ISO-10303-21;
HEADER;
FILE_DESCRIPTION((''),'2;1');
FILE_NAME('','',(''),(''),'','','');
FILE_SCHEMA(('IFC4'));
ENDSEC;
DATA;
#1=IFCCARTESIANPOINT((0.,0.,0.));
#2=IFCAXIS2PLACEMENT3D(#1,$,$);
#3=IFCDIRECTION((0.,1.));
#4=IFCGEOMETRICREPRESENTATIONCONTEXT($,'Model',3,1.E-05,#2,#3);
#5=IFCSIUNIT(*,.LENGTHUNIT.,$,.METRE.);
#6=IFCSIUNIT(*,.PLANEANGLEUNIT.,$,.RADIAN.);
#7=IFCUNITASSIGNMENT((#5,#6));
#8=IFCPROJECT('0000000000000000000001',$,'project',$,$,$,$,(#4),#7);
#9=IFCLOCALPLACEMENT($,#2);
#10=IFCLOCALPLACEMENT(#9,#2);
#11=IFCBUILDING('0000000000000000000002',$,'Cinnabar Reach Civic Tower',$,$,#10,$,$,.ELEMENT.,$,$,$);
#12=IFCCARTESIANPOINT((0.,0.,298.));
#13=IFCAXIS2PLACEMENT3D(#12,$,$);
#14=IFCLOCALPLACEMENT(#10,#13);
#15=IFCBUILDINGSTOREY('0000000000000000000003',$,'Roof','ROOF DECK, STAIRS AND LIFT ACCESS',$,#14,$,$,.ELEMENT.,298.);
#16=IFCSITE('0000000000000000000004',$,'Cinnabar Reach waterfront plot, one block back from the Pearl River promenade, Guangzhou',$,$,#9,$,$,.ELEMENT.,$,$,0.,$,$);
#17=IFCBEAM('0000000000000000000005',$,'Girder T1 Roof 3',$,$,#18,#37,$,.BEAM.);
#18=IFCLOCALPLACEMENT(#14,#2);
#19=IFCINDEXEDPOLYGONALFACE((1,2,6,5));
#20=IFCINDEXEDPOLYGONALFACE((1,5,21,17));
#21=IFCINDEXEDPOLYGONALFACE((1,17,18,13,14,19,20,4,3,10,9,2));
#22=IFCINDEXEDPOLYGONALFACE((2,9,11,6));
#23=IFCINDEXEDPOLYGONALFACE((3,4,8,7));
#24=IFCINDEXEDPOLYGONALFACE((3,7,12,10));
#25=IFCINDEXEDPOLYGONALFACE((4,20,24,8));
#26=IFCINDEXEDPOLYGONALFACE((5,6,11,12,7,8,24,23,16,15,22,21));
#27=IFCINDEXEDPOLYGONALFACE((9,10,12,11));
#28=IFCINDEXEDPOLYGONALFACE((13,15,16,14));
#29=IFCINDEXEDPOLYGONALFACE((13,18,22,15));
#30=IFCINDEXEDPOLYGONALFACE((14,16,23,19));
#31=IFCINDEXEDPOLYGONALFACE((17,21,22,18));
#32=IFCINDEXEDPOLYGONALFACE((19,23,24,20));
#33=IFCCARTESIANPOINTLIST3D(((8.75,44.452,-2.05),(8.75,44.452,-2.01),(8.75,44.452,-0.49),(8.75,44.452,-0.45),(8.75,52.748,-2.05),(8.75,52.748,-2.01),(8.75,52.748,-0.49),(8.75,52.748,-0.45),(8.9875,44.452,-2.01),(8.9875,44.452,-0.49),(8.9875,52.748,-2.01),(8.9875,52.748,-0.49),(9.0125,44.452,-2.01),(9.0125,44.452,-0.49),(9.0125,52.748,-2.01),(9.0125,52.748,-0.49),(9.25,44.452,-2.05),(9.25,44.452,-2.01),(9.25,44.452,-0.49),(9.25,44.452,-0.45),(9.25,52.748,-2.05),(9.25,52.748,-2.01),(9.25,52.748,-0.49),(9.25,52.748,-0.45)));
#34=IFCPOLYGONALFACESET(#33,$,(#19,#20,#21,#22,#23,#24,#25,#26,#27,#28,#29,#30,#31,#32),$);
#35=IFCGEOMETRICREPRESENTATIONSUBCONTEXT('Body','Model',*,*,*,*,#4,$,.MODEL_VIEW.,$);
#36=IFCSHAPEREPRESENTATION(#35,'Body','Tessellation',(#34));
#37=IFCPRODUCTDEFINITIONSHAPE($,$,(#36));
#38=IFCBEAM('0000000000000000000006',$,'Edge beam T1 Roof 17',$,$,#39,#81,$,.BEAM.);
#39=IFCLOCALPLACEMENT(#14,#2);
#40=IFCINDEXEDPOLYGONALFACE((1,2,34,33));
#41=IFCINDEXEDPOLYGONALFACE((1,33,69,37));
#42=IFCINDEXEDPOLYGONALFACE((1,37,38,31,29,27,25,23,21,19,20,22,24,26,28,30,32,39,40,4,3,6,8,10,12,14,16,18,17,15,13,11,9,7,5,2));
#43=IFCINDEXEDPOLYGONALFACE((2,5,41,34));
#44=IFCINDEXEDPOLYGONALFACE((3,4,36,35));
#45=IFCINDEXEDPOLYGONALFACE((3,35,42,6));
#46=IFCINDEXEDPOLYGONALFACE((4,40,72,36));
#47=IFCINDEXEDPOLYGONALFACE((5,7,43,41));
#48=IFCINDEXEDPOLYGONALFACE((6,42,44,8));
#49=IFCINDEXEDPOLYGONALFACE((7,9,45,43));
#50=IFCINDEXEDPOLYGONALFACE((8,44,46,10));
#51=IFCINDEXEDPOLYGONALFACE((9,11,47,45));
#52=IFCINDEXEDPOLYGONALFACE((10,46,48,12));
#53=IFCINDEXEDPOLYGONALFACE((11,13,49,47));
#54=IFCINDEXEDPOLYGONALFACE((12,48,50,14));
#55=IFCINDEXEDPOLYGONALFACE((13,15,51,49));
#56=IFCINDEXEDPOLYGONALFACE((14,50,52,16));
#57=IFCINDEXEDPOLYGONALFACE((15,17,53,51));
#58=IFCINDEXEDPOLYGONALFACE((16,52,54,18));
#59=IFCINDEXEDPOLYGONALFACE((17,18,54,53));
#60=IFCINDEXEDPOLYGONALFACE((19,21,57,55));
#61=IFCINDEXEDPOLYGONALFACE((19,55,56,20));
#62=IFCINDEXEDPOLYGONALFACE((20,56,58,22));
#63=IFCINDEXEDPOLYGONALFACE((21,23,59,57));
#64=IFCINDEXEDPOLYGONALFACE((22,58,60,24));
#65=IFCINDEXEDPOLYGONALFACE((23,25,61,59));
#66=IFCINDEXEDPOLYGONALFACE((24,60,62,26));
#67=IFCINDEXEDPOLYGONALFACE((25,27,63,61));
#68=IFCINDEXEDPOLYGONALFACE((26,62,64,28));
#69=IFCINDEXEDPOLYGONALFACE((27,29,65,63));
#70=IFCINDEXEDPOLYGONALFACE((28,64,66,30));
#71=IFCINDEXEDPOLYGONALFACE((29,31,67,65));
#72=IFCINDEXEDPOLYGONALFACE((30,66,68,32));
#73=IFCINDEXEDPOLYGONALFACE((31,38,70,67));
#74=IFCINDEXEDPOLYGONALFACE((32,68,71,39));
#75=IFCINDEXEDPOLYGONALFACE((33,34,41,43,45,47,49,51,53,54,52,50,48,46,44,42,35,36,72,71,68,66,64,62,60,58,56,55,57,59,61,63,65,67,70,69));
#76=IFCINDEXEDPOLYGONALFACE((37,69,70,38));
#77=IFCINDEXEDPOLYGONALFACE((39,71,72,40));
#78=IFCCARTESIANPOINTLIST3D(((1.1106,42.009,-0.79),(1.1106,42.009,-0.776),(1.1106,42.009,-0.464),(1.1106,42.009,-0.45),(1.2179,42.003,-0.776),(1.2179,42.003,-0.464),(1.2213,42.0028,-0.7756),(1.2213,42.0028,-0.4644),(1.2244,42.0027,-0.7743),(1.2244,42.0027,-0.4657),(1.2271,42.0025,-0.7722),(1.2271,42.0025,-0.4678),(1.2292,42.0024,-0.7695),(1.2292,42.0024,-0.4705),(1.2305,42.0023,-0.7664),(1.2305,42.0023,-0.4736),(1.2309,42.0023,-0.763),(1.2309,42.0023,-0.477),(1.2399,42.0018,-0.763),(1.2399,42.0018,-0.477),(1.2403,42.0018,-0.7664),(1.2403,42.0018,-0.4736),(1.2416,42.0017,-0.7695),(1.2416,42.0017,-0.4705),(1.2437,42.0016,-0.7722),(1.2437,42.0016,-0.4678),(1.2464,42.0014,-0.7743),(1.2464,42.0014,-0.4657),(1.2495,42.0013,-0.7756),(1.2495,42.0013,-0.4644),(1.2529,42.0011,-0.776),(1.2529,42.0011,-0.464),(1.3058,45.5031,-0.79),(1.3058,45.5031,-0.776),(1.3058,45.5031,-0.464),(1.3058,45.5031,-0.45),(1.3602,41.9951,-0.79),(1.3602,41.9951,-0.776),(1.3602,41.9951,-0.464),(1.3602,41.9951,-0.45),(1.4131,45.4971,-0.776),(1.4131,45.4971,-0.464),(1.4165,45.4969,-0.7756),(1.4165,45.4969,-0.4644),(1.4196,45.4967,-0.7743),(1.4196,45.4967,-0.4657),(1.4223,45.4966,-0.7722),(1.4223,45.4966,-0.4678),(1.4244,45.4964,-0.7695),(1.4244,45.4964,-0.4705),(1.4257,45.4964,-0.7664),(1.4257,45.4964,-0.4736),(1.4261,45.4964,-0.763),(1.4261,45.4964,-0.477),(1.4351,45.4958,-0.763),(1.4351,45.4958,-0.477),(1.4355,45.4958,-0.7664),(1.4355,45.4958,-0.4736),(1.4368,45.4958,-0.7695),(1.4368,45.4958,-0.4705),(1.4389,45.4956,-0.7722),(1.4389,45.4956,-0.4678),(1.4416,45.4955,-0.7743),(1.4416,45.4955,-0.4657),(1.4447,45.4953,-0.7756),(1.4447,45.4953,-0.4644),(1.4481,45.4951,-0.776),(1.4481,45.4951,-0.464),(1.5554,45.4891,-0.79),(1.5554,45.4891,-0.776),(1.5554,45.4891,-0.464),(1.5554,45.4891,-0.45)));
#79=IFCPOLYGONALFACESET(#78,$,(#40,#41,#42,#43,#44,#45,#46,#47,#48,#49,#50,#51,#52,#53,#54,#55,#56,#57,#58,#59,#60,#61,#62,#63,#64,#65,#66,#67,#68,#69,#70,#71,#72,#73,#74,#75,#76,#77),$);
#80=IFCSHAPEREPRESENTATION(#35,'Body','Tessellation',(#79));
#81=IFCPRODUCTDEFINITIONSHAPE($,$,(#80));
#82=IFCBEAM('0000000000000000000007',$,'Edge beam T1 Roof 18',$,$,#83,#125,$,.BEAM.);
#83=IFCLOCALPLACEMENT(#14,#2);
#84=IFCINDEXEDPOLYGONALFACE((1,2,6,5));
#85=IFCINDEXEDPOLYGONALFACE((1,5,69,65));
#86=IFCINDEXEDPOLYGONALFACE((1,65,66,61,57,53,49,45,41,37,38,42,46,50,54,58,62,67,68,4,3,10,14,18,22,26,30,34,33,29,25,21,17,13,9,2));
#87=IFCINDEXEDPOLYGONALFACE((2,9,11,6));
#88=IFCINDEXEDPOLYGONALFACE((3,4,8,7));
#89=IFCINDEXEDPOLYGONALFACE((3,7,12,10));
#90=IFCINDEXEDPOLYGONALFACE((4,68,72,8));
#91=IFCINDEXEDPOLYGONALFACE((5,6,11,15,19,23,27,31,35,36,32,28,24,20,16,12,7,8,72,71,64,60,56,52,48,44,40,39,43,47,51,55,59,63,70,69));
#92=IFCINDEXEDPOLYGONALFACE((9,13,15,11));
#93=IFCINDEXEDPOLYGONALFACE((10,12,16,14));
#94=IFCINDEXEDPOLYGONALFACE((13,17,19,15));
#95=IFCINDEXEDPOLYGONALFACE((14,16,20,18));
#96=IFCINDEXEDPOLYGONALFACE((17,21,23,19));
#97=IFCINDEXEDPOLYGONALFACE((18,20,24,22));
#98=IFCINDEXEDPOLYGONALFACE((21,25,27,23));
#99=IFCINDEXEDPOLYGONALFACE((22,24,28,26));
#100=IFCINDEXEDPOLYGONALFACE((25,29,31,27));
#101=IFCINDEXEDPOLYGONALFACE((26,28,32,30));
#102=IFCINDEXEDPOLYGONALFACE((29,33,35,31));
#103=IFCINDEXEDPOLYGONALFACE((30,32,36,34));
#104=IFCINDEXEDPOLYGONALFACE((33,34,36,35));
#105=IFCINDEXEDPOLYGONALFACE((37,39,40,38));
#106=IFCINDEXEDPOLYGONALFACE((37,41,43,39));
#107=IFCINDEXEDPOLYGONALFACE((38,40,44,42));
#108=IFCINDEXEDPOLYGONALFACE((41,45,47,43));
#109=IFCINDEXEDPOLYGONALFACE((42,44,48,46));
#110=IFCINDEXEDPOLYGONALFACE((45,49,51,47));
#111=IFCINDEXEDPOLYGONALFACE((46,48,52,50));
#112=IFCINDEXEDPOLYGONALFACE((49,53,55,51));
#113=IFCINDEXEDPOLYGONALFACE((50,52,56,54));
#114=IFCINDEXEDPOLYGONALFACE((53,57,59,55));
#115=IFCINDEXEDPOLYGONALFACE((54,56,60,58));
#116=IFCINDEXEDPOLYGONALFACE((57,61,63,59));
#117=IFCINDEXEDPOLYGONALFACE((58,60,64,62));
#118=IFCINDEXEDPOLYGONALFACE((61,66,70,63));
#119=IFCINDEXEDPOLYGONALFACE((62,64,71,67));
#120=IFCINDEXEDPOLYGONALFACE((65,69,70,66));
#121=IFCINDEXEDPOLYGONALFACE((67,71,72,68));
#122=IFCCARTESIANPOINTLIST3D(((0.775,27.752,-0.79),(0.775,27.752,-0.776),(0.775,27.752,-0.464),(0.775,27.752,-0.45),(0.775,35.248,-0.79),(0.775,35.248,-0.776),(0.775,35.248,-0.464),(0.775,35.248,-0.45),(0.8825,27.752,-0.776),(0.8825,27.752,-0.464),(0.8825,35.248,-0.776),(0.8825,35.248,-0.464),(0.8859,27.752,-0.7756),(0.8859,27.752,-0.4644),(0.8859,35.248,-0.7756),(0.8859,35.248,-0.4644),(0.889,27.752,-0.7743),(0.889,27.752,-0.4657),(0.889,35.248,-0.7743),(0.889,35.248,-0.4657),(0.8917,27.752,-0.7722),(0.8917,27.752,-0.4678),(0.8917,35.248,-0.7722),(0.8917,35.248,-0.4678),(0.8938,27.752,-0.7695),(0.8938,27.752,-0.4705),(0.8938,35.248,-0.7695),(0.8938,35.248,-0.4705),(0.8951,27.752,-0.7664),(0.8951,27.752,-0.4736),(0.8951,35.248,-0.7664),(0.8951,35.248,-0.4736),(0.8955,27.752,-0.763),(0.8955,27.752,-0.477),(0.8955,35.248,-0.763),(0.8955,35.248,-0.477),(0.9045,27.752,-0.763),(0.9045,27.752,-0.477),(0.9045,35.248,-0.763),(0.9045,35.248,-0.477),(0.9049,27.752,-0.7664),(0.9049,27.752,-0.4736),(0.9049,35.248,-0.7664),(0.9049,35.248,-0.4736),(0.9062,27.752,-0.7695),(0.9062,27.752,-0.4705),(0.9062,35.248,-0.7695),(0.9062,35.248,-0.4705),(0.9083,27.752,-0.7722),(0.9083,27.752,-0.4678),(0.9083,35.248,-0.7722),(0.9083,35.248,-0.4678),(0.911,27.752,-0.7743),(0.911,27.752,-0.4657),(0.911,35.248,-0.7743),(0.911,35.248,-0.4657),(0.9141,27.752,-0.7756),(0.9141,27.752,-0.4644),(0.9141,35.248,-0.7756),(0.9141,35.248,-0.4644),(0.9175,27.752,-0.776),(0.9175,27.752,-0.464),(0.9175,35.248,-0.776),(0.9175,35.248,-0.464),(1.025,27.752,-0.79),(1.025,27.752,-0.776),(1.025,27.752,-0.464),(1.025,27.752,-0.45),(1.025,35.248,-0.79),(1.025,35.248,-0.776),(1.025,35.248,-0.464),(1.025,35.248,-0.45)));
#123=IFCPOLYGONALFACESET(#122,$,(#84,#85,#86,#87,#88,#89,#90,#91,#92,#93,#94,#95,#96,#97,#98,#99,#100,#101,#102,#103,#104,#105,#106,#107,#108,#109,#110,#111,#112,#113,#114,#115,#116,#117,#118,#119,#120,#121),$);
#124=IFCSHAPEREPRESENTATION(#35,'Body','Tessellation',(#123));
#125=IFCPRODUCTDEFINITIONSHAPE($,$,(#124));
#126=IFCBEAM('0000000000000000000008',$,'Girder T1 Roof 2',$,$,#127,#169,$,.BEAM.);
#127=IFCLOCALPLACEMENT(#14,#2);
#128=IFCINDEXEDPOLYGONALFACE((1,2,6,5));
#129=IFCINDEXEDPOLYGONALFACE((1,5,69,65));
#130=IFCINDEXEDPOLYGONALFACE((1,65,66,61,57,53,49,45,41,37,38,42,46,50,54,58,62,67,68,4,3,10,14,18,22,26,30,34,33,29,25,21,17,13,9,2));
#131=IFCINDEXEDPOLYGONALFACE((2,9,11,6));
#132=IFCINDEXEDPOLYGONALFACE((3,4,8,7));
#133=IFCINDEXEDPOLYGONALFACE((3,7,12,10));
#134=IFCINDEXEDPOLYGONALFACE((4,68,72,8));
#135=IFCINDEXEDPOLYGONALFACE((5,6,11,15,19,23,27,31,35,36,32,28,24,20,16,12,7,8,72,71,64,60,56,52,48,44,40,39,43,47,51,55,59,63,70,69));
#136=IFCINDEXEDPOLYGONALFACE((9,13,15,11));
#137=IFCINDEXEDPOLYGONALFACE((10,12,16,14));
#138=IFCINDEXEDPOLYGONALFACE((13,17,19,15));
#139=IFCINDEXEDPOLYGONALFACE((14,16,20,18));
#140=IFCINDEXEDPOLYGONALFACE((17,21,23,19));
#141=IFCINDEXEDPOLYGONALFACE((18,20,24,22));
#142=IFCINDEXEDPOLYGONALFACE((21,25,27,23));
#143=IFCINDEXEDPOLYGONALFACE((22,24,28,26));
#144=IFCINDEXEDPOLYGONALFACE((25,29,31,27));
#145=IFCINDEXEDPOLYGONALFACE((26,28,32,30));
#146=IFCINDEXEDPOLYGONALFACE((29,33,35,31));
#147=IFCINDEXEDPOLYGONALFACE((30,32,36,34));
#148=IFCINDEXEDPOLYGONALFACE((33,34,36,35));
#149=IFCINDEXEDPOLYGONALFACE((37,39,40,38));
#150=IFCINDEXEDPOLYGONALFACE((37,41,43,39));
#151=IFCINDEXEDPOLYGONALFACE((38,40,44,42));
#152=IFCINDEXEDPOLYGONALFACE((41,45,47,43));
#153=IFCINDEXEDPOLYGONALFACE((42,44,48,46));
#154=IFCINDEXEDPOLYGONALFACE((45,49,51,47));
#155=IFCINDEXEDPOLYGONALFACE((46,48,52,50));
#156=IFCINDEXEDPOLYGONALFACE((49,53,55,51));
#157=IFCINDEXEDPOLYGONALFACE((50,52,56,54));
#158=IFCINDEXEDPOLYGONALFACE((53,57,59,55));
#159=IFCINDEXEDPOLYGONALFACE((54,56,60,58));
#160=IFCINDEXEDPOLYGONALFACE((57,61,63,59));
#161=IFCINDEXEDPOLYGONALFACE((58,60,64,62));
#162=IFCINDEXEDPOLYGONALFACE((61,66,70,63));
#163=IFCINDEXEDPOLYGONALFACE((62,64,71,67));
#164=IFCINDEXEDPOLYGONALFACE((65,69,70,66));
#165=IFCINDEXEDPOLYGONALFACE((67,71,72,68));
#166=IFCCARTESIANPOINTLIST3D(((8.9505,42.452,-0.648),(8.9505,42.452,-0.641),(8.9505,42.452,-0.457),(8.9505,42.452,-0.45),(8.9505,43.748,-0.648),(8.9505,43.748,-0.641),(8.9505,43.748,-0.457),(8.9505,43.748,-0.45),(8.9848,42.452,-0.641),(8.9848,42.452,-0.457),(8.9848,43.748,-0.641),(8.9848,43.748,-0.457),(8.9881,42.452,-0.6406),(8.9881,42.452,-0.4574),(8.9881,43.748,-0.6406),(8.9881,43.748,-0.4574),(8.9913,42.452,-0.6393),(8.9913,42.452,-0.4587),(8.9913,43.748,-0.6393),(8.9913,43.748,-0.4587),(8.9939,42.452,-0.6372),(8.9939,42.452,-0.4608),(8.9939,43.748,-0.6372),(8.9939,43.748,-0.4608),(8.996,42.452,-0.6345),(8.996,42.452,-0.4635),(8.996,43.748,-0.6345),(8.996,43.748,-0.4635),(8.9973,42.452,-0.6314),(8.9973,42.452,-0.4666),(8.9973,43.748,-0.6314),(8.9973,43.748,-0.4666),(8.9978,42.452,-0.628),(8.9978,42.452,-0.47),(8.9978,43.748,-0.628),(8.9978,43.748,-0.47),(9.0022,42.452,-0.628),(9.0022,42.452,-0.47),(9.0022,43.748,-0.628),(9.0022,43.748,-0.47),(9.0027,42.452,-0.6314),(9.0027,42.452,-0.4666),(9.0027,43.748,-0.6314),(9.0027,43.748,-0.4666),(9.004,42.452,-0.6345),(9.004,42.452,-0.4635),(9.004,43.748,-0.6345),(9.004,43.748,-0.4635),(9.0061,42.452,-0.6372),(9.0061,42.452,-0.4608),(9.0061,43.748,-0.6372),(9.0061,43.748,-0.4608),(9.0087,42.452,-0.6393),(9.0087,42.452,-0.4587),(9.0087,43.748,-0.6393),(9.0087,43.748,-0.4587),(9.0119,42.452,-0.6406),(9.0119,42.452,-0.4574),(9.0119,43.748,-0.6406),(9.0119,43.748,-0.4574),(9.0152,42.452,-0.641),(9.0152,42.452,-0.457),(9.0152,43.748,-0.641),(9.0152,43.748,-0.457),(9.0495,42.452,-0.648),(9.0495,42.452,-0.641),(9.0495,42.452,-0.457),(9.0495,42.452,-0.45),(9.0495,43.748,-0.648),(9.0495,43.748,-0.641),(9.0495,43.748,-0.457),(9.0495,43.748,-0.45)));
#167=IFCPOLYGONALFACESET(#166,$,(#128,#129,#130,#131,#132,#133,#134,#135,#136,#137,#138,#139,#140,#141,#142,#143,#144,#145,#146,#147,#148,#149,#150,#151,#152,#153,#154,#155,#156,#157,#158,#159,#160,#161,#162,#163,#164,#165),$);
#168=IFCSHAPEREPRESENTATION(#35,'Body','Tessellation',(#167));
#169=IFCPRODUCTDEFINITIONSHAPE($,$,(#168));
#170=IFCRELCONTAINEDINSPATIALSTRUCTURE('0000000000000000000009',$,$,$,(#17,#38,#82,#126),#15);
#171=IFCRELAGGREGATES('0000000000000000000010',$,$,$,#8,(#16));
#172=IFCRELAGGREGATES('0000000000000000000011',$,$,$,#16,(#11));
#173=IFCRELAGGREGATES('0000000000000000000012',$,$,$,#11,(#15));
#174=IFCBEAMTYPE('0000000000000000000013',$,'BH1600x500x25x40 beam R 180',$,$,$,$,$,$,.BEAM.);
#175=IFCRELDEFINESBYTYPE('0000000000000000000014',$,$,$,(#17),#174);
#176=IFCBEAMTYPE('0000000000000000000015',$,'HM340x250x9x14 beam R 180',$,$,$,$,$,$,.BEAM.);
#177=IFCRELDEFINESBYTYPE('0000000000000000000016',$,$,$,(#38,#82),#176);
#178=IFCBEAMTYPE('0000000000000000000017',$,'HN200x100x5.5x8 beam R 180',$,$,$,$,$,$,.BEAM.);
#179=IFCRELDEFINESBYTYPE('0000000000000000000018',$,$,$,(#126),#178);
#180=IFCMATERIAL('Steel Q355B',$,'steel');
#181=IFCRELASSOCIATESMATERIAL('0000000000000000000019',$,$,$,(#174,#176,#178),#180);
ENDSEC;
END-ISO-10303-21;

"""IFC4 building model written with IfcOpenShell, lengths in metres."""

from ifc_helpers import new_model, si_unit, direction, frame, origin, origin_2d, place, context, subcontext, project, spatial, i_section, extrude, material, material_profile, profile_set, type_object, element, save


model = new_model("IFC4")

# Units and contexts
model_context = context("Model", 3, precision=1e-05, world=origin(), true_north=direction((0.0, 1.0)))
body_context = subcontext(model_context, "Body", "Model", "MODEL_VIEW")
ifc_project = project(units=[si_unit("LENGTHUNIT", "METRE"), si_unit("PLANEANGLEUNIT", "RADIAN")], contexts=[model_context])

# Site, building, storey
site_placement = place(None, origin())
site = spatial("IfcSite", under=ifc_project, at=site_placement, Name="Cinnabar Reach waterfront plot, one block back from the Pearl River promenade, Guangzhou", CompositionType="ELEMENT", RefElevation=0.0)
building_placement = place(site_placement, origin())
building = spatial("IfcBuilding", under=site, at=building_placement, Name="Cinnabar Reach Civic Tower", CompositionType="ELEMENT")
storey_placement = place(building_placement, frame((0.0, 0.0, 298.0)))
storey = spatial("IfcBuildingStorey", under=building, at=storey_placement, Name="Roof", Description="ROOF DECK, STAIRS AND LIFT ACCESS", CompositionType="ELEMENT", Elevation=298.0)

# Shared definitions
ifc_material_1 = material(Name="Steel Q355B", Category="steel")

# Beams
ifc_material_profile_1 = material_profile(ifc_material_1, i_section(OverallWidth=0.5, OverallDepth=1.6, WebThickness=0.025, FlangeThickness=0.04, at=origin_2d()), Name="BH1600x500x25x40")
ifc_profile_set_1 = profile_set([ifc_material_profile_1], Name="Steel Q355B")
beam_type_1 = type_object("IfcBeamType", Name="BH1600x500x25x40 beam R 180", PredefinedType="BEAM", material=ifc_profile_set_1)
beam_1_placement = place(storey_placement, frame((9.0, 44.452, -1.25), z_axis=(0.0, 1.0, 0.0), x_axis=(-1.0, 0.0, 0.0)))
element("IfcBeam", 1, at=beam_1_placement, inside=storey, type_object=beam_type_1, Name="Girder T1 Roof 3", PredefinedType="BEAM", context=body_context, shape_type="SweptSolid", body=[
    extrude(i_section(OverallWidth=0.5, OverallDepth=1.6, WebThickness=0.025, FlangeThickness=0.04, at=origin_2d()), origin(), (0.0, 0.0, 1.0), 8.296),
])
ifc_material_profile_2 = material_profile(ifc_material_1, i_section(OverallWidth=0.25, OverallDepth=0.34, WebThickness=0.009, FlangeThickness=0.014, FilletRadius=0.013, at=origin_2d()), Name="HM340x250x9x14")
ifc_profile_set_2 = profile_set([ifc_material_profile_2], Name="Steel Q355B")
beam_type_2 = type_object("IfcBeamType", Name="HM340x250x9x14 beam R 180", PredefinedType="BEAM", material=ifc_profile_set_2)
beam_2_placement = place(storey_placement, frame((1.4306, 45.4961, -0.62), z_axis=(-0.055779, -0.998443, 0.0), x_axis=(0.998443, -0.055779, 0.0)))
element("IfcBeam", 2, at=beam_2_placement, inside=storey, type_object=beam_type_2, Name="Edge beam T1 Roof 17", PredefinedType="BEAM", context=body_context, shape_type="SweptSolid", body=[
    extrude(i_section(OverallWidth=0.25, OverallDepth=0.34, WebThickness=0.009, FlangeThickness=0.014, FilletRadius=0.013, at=origin_2d()), origin(), (0.0, 0.0, 1.0), 3.4995),
])
beam_3_placement = place(storey_placement, frame((0.9, 35.248, -0.62), z_axis=(0.0, -1.0, 0.0), x_axis=(1.0, 0.0, 0.0)))
element("IfcBeam", 3, at=beam_3_placement, inside=storey, type_object=beam_type_2, Name="Edge beam T1 Roof 18", PredefinedType="BEAM", context=body_context, shape_type="SweptSolid", body=[
    extrude(i_section(OverallWidth=0.25, OverallDepth=0.34, WebThickness=0.009, FlangeThickness=0.014, FilletRadius=0.013, at=origin_2d()), origin(), (0.0, 0.0, 1.0), 7.496),
])
ifc_material_profile_3 = material_profile(ifc_material_1, i_section(OverallWidth=0.099, OverallDepth=0.198, WebThickness=0.0045, FlangeThickness=0.007, FilletRadius=0.013, at=origin_2d()), Name="HN200x100x5.5x8")
ifc_profile_set_3 = profile_set([ifc_material_profile_3], Name="Steel Q355B")
beam_type_3 = type_object("IfcBeamType", Name="HN200x100x5.5x8 beam R 180", PredefinedType="BEAM", material=ifc_profile_set_3)
beam_4_placement = place(storey_placement, frame((9.0, 42.452, -0.549), z_axis=(0.0, 1.0, 0.0), x_axis=(-1.0, 0.0, 0.0)))
element("IfcBeam", 4, at=beam_4_placement, inside=storey, type_object=beam_type_3, Name="Girder T1 Roof 2", PredefinedType="BEAM", context=body_context, shape_type="SweptSolid", body=[
    extrude(i_section(OverallWidth=0.099, OverallDepth=0.198, WebThickness=0.0045, FlangeThickness=0.007, FilletRadius=0.013, at=origin_2d()), origin(), (0.0, 0.0, 1.0), 1.296),
])

save(model, "model.ifc")
